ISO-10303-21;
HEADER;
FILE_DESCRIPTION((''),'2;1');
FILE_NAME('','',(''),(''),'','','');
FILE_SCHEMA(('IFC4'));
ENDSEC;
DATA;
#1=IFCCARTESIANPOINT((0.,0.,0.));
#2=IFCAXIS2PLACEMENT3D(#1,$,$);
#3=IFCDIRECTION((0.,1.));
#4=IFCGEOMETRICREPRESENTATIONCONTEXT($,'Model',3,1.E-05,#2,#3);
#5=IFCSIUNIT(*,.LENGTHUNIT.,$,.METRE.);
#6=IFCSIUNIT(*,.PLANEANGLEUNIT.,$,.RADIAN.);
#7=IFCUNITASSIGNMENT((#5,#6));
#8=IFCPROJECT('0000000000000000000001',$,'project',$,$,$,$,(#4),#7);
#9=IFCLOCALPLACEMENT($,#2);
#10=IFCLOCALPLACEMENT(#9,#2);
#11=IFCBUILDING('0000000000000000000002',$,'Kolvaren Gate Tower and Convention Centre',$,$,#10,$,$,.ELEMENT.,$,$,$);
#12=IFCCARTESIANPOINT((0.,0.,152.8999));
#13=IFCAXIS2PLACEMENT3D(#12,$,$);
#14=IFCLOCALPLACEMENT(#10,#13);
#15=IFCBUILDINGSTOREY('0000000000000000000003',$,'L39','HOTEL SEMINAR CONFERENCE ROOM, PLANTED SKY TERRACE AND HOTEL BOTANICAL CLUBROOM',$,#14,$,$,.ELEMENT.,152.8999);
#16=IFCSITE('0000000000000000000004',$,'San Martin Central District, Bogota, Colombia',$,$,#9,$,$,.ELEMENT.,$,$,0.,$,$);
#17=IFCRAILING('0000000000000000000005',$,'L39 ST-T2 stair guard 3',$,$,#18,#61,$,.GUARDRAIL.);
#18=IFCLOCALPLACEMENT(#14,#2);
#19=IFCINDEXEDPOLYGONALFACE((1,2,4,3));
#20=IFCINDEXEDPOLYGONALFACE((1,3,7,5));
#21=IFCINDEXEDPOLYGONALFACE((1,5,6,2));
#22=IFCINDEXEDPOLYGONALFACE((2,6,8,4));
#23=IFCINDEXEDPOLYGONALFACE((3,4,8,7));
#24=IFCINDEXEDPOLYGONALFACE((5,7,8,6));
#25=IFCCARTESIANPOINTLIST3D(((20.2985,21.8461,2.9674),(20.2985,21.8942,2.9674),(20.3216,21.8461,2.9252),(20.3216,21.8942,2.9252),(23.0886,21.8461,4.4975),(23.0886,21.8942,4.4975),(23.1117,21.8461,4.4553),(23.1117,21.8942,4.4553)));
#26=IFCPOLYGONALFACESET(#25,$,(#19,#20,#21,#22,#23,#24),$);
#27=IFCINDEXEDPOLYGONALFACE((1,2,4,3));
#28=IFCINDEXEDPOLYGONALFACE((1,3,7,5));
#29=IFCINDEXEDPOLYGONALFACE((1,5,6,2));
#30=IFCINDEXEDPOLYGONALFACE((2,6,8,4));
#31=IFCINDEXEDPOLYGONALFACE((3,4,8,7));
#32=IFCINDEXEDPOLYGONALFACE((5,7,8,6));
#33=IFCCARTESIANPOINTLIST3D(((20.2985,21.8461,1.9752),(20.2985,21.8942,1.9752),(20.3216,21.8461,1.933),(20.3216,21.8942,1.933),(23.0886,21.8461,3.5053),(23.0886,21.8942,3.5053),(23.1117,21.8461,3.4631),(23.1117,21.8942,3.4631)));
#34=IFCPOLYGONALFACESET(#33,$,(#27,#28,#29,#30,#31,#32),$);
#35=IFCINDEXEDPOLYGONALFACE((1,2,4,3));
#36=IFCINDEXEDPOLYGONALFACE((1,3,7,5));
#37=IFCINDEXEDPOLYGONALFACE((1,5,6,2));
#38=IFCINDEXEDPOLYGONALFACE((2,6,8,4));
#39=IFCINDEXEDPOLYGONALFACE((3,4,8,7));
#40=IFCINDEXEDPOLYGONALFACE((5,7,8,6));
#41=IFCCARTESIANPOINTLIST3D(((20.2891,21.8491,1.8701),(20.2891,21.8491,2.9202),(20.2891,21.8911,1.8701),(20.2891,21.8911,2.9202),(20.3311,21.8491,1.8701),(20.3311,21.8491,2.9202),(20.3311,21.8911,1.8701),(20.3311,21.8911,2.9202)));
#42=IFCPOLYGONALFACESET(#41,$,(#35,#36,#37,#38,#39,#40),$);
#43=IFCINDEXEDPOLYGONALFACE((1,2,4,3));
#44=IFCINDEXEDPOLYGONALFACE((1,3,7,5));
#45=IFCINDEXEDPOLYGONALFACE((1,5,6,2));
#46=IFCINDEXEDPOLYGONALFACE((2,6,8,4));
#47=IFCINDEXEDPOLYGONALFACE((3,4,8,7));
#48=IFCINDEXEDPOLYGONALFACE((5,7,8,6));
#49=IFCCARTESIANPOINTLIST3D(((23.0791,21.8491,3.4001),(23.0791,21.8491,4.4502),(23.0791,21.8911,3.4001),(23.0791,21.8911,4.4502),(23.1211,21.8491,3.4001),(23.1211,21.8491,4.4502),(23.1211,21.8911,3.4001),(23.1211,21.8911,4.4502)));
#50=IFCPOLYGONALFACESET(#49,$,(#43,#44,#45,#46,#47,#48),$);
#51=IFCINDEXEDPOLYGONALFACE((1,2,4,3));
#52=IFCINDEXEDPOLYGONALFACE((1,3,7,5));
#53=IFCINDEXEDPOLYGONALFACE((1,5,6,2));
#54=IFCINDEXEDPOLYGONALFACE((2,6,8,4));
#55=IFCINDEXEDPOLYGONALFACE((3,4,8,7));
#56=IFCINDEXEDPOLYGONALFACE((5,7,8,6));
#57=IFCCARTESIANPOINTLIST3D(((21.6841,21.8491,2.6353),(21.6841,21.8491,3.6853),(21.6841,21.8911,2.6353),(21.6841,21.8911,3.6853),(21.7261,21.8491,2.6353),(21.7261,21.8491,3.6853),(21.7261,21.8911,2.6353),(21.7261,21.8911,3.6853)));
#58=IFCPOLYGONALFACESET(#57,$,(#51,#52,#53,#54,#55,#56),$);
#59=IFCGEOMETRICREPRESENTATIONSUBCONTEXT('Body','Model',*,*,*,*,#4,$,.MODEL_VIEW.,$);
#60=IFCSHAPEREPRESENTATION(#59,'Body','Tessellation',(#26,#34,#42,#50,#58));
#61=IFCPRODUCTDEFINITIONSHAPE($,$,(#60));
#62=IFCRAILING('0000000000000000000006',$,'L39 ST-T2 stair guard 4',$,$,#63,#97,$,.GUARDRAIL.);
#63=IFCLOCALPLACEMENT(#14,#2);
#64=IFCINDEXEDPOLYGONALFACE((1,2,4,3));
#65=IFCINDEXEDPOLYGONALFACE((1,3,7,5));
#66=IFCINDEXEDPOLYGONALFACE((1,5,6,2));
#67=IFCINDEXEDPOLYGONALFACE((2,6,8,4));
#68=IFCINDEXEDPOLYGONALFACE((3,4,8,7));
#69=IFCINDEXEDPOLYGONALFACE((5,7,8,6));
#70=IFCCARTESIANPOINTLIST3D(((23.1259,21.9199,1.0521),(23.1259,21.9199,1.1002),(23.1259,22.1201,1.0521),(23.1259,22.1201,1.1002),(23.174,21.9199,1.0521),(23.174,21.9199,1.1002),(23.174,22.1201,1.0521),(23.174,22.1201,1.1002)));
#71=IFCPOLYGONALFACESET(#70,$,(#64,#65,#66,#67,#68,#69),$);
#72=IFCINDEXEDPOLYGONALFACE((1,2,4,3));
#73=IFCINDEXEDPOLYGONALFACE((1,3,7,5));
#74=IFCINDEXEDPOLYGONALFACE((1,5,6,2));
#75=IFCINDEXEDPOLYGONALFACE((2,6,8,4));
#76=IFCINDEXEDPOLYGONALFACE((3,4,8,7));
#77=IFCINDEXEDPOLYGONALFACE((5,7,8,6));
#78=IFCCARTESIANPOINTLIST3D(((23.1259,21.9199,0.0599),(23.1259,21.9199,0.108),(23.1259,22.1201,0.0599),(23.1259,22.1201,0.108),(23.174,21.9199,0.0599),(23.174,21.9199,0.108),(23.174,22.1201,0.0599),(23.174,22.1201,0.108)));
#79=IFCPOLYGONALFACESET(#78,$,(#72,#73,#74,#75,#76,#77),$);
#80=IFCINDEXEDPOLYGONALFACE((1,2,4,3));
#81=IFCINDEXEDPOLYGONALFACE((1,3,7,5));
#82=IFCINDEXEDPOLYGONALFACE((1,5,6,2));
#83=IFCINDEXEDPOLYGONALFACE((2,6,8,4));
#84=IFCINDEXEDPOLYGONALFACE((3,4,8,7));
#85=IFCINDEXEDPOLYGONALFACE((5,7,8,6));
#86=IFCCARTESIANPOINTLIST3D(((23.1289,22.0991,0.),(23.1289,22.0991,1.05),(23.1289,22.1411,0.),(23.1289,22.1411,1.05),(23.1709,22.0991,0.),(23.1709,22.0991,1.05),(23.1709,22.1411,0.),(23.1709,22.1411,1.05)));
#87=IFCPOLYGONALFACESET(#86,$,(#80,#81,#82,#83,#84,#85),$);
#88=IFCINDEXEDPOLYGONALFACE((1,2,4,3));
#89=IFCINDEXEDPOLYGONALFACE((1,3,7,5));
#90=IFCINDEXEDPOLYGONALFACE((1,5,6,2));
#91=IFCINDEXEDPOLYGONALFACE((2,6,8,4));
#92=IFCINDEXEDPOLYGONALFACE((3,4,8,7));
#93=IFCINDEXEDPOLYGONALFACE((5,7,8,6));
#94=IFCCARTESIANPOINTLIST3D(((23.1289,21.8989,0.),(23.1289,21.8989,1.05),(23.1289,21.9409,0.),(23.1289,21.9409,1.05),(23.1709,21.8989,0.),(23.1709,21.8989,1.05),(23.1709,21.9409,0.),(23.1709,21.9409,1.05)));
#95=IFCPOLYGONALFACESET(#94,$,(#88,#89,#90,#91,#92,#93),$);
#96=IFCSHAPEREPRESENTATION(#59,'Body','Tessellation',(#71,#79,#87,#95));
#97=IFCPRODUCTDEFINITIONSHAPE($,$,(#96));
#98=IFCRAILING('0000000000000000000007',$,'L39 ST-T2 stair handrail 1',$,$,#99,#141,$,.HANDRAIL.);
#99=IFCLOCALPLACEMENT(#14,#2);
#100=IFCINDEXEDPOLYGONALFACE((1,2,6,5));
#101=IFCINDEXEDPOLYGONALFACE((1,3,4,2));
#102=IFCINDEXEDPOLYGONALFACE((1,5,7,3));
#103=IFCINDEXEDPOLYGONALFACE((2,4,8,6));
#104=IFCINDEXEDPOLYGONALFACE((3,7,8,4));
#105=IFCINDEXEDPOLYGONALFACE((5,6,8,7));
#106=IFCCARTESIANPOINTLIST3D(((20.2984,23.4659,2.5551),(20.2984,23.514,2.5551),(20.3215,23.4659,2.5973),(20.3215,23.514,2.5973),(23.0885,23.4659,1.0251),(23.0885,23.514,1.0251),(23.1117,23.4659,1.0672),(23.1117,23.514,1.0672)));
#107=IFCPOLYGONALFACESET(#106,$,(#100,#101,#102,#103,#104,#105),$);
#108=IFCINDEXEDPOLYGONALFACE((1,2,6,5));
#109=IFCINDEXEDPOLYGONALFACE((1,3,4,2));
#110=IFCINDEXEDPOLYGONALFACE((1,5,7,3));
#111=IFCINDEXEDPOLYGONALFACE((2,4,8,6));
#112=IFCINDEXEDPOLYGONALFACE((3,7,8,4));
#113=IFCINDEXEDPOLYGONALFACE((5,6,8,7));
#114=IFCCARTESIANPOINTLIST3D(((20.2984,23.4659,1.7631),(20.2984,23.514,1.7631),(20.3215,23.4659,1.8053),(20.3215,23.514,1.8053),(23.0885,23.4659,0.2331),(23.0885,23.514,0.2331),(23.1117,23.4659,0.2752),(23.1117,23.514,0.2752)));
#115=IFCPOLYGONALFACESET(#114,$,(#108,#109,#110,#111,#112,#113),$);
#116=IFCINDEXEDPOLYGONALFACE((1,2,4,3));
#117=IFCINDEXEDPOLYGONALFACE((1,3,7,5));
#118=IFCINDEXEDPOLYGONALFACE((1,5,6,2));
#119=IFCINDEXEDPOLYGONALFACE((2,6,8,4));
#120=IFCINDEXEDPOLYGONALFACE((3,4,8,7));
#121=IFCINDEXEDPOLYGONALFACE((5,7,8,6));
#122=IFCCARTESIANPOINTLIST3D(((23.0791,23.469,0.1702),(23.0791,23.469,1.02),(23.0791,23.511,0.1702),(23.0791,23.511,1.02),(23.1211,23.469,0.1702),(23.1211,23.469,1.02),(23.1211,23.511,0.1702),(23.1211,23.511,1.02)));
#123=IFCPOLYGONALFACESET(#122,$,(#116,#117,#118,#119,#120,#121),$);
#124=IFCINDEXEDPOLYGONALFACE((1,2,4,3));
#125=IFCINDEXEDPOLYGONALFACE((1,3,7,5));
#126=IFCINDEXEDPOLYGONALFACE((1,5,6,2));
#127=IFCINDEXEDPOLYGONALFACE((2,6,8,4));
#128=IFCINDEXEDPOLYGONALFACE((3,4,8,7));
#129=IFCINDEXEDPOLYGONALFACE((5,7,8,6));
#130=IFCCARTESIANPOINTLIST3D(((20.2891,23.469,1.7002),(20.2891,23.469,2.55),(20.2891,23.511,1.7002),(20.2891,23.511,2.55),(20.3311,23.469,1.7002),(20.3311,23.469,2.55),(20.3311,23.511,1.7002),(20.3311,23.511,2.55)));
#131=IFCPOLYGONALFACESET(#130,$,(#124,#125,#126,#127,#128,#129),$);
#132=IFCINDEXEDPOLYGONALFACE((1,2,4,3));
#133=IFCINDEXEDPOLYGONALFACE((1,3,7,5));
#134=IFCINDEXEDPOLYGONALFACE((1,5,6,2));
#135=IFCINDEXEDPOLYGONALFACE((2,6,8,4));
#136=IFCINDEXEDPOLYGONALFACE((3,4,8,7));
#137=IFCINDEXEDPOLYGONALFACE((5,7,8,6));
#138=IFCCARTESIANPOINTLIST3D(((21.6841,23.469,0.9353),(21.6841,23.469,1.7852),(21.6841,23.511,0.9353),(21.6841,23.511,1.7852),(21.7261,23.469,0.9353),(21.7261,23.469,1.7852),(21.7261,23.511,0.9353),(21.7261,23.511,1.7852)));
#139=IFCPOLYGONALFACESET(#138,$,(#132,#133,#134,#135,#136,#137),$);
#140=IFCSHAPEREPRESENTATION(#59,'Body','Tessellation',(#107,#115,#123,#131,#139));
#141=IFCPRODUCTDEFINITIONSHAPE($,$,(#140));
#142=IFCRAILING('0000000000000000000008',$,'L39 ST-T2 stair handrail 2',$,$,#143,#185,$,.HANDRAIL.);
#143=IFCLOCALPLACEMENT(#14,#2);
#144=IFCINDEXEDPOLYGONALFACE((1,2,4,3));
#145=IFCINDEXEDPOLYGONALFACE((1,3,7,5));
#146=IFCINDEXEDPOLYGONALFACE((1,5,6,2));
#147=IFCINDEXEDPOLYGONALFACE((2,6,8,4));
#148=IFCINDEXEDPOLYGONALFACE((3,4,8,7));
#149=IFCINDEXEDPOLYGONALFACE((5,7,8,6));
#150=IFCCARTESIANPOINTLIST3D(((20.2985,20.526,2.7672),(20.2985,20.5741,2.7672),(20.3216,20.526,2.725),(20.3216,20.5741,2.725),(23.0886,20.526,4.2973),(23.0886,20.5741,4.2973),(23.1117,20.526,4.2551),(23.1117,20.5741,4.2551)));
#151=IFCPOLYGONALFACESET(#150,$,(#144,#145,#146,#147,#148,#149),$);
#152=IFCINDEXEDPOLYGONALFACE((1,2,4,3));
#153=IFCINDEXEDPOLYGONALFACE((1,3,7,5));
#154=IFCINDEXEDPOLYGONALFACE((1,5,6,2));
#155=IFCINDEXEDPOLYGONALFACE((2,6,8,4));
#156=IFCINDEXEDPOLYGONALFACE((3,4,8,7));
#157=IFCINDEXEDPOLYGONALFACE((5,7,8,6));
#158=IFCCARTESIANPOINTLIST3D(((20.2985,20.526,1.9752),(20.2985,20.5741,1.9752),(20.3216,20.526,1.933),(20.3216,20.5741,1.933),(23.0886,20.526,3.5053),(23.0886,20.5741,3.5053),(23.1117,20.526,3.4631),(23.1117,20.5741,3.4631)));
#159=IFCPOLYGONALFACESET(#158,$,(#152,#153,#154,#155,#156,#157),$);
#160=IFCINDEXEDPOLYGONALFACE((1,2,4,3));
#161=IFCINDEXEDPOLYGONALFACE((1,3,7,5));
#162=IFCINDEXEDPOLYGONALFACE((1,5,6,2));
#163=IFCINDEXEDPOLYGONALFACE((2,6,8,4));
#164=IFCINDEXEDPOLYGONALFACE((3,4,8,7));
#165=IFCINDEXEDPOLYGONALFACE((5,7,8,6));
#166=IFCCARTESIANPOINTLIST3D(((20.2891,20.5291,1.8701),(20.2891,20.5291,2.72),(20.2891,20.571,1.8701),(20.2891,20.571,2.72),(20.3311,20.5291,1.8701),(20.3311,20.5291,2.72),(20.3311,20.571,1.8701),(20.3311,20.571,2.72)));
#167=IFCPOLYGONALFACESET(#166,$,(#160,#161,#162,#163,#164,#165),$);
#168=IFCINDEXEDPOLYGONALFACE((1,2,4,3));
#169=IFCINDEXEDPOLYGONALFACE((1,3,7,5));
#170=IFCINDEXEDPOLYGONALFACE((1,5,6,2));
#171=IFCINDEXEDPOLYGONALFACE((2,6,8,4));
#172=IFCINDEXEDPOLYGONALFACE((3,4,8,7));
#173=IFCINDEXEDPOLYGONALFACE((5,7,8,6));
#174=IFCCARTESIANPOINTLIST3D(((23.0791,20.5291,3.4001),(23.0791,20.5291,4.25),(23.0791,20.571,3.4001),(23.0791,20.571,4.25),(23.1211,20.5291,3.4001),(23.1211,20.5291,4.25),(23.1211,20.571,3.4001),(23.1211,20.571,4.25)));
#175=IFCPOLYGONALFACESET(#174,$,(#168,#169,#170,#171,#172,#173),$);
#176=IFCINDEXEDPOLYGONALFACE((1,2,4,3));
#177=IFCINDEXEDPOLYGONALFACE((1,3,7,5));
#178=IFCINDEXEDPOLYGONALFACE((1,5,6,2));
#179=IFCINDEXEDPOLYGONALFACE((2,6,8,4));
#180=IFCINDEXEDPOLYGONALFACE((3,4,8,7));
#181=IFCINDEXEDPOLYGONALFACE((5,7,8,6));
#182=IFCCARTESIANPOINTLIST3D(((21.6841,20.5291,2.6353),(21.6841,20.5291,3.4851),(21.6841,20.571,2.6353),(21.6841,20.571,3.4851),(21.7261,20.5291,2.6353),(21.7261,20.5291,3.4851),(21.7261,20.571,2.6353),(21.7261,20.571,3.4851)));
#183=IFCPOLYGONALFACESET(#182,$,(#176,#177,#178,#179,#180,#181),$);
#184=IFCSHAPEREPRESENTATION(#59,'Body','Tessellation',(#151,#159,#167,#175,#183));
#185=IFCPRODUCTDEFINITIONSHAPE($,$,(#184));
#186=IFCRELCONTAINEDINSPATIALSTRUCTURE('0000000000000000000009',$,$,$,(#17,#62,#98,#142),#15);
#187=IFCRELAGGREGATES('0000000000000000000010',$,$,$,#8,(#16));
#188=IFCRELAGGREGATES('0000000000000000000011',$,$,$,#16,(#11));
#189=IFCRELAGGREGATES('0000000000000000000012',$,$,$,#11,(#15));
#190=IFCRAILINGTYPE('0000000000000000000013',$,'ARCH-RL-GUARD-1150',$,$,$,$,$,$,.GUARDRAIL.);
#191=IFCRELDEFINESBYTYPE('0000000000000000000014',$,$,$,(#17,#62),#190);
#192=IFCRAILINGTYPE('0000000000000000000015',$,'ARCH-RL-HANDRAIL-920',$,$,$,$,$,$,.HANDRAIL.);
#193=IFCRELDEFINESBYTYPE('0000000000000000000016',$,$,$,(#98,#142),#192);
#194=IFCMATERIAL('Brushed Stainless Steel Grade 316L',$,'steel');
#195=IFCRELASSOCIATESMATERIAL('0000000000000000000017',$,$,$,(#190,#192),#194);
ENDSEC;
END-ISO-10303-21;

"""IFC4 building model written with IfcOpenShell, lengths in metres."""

from ifc_helpers import new_model, si_unit, direction, frame, origin, origin_2d, place, context, subcontext, project, spatial, rectangle, extrude, material, type_object, element, save


model = new_model("IFC4")

# Units and contexts
model_context = context("Model", 3, precision=1e-05, world=origin(), true_north=direction((0.0, 1.0)))
body_context = subcontext(model_context, "Body", "Model", "MODEL_VIEW")
ifc_project = project(units=[si_unit("LENGTHUNIT", "METRE"), si_unit("PLANEANGLEUNIT", "RADIAN")], contexts=[model_context])

# Site, building, storey
site_placement = place(None, origin())
site = spatial("IfcSite", under=ifc_project, at=site_placement, Name="San Martin Central District, Bogota, Colombia", CompositionType="ELEMENT", RefElevation=0.0)
building_placement = place(site_placement, origin())
building = spatial("IfcBuilding", under=site, at=building_placement, Name="Kolvaren Gate Tower and Convention Centre", CompositionType="ELEMENT")
storey_placement = place(building_placement, frame((0.0, 0.0, 152.8999)))
storey = spatial("IfcBuildingStorey", under=building, at=storey_placement, Name="L39", Description="HOTEL SEMINAR CONFERENCE ROOM, PLANTED SKY TERRACE AND HOTEL BOTANICAL CLUBROOM", CompositionType="ELEMENT", Elevation=152.8999)

# Shared definitions
ifc_material_1 = material(Name="Brushed Stainless Steel Grade 316L", Category="steel")

# Railings
railing_type_1 = type_object("IfcRailingType", Name="ARCH-RL-GUARD-1150", PredefinedType="GUARDRAIL", material=ifc_material_1)
railing_1_placement = place(storey_placement, frame((20.3101, 21.8701, 1.8701)))
element("IfcRailing", 1, at=railing_1_placement, inside=storey, type_object=railing_type_1, Name="L39 ST-T2 stair guard 3", PredefinedType="GUARDRAIL", context=body_context, shape_type="SweptSolid", body=[
    extrude(rectangle(XDim=0.0481, YDim=0.0481, at=origin_2d()), frame((0.0, 0.0, 1.0762), z_axis=(0.876811, 0.0, 0.480835), x_axis=(0.0, 1.0, 0.0)), (0.0, 0.0, 1.0), 3.1821),
    extrude(rectangle(XDim=0.0481, YDim=0.0481, at=origin_2d()), frame((0.0, 0.0, 0.084), z_axis=(0.876811, 0.0, 0.480835), x_axis=(0.0, 1.0, 0.0)), (0.0, 0.0, 1.0), 3.1821),
    extrude(rectangle(XDim=0.042, YDim=0.042, at=origin_2d()), origin(), (0.0, 0.0, 1.0), 1.05),
    extrude(rectangle(XDim=0.042, YDim=0.042, at=origin_2d()), frame((2.79, 0.0, 1.53)), (0.0, 0.0, 1.0), 1.05),
    extrude(rectangle(XDim=0.042, YDim=0.042, at=origin_2d()), frame((1.395, 0.0, 0.7651)), (0.0, 0.0, 1.0), 1.05),
])
railing_2_placement = place(storey_placement, frame((23.1499, 22.1201, 0.0)))
element("IfcRailing", 2, at=railing_2_placement, inside=storey, type_object=railing_type_1, Name="L39 ST-T2 stair guard 4", PredefinedType="GUARDRAIL", context=body_context, shape_type="SweptSolid", body=[
    extrude(rectangle(XDim=0.0481, YDim=0.0481, at=origin_2d()), frame((0.0, 0.0, 1.0762), z_axis=(0.0, -1.0, 0.0), x_axis=(1.0, 0.0, 0.0)), (0.0, 0.0, 1.0), 0.2002),
    extrude(rectangle(XDim=0.0481, YDim=0.0481, at=origin_2d()), frame((0.0, 0.0, 0.084), z_axis=(0.0, -1.0, 0.0), x_axis=(1.0, 0.0, 0.0)), (0.0, 0.0, 1.0), 0.2002),
    extrude(rectangle(XDim=0.042, YDim=0.042, at=origin_2d()), origin(), (0.0, 0.0, 1.0), 1.05),
    extrude(rectangle(XDim=0.042, YDim=0.042, at=origin_2d()), frame((0.0, -0.2002, 0.0)), (0.0, 0.0, 1.0), 1.05),
])
railing_type_2 = type_object("IfcRailingType", Name="ARCH-RL-HANDRAIL-920", PredefinedType="HANDRAIL", material=ifc_material_1)
railing_3_placement = place(storey_placement, frame((23.1001, 23.49, 0.1702)))
element("IfcRailing", 3, at=railing_3_placement, inside=storey, type_object=railing_type_2, Name="L39 ST-T2 stair handrail 1", PredefinedType="HANDRAIL", context=body_context, shape_type="SweptSolid", body=[
    extrude(rectangle(XDim=0.0481, YDim=0.0481, at=origin_2d()), frame((0.0, 0.0, 0.876), z_axis=(-0.876811, 0.0, 0.480835), x_axis=(0.0, -1.0, 0.0)), (0.0, 0.0, 1.0), 3.1821),
    extrude(rectangle(XDim=0.0481, YDim=0.0481, at=origin_2d()), frame((0.0, 0.0, 0.084), z_axis=(-0.876811, 0.0, 0.480835), x_axis=(0.0, -1.0, 0.0)), (0.0, 0.0, 1.0), 3.1821),
    extrude(rectangle(XDim=0.042, YDim=0.042, at=origin_2d()), origin(), (0.0, 0.0, 1.0), 0.8499),
    extrude(rectangle(XDim=0.042, YDim=0.042, at=origin_2d()), frame((-2.79, 0.0, 1.53)), (0.0, 0.0, 1.0), 0.8499),
    extrude(rectangle(XDim=0.042, YDim=0.042, at=origin_2d()), frame((-1.395, 0.0, 0.7651)), (0.0, 0.0, 1.0), 0.8499),
])
railing_4_placement = place(storey_placement, frame((20.3101, 20.55, 1.8701)))
element("IfcRailing", 4, at=railing_4_placement, inside=storey, type_object=railing_type_2, Name="L39 ST-T2 stair handrail 2", PredefinedType="HANDRAIL", context=body_context, shape_type="SweptSolid", body=[
    extrude(rectangle(XDim=0.0481, YDim=0.0481, at=origin_2d()), frame((0.0, 0.0, 0.876), z_axis=(0.876811, 0.0, 0.480835), x_axis=(0.0, 1.0, 0.0)), (0.0, 0.0, 1.0), 3.1821),
    extrude(rectangle(XDim=0.0481, YDim=0.0481, at=origin_2d()), frame((0.0, 0.0, 0.084), z_axis=(0.876811, 0.0, 0.480835), x_axis=(0.0, 1.0, 0.0)), (0.0, 0.0, 1.0), 3.1821),
    extrude(rectangle(XDim=0.042, YDim=0.042, at=origin_2d()), origin(), (0.0, 0.0, 1.0), 0.8499),
    extrude(rectangle(XDim=0.042, YDim=0.042, at=origin_2d()), frame((2.79, 0.0, 1.53)), (0.0, 0.0, 1.0), 0.8499),
    extrude(rectangle(XDim=0.042, YDim=0.042, at=origin_2d()), frame((1.395, 0.0, 0.7651)), (0.0, 0.0, 1.0), 0.8499),
])

save(model, "model.ifc")
